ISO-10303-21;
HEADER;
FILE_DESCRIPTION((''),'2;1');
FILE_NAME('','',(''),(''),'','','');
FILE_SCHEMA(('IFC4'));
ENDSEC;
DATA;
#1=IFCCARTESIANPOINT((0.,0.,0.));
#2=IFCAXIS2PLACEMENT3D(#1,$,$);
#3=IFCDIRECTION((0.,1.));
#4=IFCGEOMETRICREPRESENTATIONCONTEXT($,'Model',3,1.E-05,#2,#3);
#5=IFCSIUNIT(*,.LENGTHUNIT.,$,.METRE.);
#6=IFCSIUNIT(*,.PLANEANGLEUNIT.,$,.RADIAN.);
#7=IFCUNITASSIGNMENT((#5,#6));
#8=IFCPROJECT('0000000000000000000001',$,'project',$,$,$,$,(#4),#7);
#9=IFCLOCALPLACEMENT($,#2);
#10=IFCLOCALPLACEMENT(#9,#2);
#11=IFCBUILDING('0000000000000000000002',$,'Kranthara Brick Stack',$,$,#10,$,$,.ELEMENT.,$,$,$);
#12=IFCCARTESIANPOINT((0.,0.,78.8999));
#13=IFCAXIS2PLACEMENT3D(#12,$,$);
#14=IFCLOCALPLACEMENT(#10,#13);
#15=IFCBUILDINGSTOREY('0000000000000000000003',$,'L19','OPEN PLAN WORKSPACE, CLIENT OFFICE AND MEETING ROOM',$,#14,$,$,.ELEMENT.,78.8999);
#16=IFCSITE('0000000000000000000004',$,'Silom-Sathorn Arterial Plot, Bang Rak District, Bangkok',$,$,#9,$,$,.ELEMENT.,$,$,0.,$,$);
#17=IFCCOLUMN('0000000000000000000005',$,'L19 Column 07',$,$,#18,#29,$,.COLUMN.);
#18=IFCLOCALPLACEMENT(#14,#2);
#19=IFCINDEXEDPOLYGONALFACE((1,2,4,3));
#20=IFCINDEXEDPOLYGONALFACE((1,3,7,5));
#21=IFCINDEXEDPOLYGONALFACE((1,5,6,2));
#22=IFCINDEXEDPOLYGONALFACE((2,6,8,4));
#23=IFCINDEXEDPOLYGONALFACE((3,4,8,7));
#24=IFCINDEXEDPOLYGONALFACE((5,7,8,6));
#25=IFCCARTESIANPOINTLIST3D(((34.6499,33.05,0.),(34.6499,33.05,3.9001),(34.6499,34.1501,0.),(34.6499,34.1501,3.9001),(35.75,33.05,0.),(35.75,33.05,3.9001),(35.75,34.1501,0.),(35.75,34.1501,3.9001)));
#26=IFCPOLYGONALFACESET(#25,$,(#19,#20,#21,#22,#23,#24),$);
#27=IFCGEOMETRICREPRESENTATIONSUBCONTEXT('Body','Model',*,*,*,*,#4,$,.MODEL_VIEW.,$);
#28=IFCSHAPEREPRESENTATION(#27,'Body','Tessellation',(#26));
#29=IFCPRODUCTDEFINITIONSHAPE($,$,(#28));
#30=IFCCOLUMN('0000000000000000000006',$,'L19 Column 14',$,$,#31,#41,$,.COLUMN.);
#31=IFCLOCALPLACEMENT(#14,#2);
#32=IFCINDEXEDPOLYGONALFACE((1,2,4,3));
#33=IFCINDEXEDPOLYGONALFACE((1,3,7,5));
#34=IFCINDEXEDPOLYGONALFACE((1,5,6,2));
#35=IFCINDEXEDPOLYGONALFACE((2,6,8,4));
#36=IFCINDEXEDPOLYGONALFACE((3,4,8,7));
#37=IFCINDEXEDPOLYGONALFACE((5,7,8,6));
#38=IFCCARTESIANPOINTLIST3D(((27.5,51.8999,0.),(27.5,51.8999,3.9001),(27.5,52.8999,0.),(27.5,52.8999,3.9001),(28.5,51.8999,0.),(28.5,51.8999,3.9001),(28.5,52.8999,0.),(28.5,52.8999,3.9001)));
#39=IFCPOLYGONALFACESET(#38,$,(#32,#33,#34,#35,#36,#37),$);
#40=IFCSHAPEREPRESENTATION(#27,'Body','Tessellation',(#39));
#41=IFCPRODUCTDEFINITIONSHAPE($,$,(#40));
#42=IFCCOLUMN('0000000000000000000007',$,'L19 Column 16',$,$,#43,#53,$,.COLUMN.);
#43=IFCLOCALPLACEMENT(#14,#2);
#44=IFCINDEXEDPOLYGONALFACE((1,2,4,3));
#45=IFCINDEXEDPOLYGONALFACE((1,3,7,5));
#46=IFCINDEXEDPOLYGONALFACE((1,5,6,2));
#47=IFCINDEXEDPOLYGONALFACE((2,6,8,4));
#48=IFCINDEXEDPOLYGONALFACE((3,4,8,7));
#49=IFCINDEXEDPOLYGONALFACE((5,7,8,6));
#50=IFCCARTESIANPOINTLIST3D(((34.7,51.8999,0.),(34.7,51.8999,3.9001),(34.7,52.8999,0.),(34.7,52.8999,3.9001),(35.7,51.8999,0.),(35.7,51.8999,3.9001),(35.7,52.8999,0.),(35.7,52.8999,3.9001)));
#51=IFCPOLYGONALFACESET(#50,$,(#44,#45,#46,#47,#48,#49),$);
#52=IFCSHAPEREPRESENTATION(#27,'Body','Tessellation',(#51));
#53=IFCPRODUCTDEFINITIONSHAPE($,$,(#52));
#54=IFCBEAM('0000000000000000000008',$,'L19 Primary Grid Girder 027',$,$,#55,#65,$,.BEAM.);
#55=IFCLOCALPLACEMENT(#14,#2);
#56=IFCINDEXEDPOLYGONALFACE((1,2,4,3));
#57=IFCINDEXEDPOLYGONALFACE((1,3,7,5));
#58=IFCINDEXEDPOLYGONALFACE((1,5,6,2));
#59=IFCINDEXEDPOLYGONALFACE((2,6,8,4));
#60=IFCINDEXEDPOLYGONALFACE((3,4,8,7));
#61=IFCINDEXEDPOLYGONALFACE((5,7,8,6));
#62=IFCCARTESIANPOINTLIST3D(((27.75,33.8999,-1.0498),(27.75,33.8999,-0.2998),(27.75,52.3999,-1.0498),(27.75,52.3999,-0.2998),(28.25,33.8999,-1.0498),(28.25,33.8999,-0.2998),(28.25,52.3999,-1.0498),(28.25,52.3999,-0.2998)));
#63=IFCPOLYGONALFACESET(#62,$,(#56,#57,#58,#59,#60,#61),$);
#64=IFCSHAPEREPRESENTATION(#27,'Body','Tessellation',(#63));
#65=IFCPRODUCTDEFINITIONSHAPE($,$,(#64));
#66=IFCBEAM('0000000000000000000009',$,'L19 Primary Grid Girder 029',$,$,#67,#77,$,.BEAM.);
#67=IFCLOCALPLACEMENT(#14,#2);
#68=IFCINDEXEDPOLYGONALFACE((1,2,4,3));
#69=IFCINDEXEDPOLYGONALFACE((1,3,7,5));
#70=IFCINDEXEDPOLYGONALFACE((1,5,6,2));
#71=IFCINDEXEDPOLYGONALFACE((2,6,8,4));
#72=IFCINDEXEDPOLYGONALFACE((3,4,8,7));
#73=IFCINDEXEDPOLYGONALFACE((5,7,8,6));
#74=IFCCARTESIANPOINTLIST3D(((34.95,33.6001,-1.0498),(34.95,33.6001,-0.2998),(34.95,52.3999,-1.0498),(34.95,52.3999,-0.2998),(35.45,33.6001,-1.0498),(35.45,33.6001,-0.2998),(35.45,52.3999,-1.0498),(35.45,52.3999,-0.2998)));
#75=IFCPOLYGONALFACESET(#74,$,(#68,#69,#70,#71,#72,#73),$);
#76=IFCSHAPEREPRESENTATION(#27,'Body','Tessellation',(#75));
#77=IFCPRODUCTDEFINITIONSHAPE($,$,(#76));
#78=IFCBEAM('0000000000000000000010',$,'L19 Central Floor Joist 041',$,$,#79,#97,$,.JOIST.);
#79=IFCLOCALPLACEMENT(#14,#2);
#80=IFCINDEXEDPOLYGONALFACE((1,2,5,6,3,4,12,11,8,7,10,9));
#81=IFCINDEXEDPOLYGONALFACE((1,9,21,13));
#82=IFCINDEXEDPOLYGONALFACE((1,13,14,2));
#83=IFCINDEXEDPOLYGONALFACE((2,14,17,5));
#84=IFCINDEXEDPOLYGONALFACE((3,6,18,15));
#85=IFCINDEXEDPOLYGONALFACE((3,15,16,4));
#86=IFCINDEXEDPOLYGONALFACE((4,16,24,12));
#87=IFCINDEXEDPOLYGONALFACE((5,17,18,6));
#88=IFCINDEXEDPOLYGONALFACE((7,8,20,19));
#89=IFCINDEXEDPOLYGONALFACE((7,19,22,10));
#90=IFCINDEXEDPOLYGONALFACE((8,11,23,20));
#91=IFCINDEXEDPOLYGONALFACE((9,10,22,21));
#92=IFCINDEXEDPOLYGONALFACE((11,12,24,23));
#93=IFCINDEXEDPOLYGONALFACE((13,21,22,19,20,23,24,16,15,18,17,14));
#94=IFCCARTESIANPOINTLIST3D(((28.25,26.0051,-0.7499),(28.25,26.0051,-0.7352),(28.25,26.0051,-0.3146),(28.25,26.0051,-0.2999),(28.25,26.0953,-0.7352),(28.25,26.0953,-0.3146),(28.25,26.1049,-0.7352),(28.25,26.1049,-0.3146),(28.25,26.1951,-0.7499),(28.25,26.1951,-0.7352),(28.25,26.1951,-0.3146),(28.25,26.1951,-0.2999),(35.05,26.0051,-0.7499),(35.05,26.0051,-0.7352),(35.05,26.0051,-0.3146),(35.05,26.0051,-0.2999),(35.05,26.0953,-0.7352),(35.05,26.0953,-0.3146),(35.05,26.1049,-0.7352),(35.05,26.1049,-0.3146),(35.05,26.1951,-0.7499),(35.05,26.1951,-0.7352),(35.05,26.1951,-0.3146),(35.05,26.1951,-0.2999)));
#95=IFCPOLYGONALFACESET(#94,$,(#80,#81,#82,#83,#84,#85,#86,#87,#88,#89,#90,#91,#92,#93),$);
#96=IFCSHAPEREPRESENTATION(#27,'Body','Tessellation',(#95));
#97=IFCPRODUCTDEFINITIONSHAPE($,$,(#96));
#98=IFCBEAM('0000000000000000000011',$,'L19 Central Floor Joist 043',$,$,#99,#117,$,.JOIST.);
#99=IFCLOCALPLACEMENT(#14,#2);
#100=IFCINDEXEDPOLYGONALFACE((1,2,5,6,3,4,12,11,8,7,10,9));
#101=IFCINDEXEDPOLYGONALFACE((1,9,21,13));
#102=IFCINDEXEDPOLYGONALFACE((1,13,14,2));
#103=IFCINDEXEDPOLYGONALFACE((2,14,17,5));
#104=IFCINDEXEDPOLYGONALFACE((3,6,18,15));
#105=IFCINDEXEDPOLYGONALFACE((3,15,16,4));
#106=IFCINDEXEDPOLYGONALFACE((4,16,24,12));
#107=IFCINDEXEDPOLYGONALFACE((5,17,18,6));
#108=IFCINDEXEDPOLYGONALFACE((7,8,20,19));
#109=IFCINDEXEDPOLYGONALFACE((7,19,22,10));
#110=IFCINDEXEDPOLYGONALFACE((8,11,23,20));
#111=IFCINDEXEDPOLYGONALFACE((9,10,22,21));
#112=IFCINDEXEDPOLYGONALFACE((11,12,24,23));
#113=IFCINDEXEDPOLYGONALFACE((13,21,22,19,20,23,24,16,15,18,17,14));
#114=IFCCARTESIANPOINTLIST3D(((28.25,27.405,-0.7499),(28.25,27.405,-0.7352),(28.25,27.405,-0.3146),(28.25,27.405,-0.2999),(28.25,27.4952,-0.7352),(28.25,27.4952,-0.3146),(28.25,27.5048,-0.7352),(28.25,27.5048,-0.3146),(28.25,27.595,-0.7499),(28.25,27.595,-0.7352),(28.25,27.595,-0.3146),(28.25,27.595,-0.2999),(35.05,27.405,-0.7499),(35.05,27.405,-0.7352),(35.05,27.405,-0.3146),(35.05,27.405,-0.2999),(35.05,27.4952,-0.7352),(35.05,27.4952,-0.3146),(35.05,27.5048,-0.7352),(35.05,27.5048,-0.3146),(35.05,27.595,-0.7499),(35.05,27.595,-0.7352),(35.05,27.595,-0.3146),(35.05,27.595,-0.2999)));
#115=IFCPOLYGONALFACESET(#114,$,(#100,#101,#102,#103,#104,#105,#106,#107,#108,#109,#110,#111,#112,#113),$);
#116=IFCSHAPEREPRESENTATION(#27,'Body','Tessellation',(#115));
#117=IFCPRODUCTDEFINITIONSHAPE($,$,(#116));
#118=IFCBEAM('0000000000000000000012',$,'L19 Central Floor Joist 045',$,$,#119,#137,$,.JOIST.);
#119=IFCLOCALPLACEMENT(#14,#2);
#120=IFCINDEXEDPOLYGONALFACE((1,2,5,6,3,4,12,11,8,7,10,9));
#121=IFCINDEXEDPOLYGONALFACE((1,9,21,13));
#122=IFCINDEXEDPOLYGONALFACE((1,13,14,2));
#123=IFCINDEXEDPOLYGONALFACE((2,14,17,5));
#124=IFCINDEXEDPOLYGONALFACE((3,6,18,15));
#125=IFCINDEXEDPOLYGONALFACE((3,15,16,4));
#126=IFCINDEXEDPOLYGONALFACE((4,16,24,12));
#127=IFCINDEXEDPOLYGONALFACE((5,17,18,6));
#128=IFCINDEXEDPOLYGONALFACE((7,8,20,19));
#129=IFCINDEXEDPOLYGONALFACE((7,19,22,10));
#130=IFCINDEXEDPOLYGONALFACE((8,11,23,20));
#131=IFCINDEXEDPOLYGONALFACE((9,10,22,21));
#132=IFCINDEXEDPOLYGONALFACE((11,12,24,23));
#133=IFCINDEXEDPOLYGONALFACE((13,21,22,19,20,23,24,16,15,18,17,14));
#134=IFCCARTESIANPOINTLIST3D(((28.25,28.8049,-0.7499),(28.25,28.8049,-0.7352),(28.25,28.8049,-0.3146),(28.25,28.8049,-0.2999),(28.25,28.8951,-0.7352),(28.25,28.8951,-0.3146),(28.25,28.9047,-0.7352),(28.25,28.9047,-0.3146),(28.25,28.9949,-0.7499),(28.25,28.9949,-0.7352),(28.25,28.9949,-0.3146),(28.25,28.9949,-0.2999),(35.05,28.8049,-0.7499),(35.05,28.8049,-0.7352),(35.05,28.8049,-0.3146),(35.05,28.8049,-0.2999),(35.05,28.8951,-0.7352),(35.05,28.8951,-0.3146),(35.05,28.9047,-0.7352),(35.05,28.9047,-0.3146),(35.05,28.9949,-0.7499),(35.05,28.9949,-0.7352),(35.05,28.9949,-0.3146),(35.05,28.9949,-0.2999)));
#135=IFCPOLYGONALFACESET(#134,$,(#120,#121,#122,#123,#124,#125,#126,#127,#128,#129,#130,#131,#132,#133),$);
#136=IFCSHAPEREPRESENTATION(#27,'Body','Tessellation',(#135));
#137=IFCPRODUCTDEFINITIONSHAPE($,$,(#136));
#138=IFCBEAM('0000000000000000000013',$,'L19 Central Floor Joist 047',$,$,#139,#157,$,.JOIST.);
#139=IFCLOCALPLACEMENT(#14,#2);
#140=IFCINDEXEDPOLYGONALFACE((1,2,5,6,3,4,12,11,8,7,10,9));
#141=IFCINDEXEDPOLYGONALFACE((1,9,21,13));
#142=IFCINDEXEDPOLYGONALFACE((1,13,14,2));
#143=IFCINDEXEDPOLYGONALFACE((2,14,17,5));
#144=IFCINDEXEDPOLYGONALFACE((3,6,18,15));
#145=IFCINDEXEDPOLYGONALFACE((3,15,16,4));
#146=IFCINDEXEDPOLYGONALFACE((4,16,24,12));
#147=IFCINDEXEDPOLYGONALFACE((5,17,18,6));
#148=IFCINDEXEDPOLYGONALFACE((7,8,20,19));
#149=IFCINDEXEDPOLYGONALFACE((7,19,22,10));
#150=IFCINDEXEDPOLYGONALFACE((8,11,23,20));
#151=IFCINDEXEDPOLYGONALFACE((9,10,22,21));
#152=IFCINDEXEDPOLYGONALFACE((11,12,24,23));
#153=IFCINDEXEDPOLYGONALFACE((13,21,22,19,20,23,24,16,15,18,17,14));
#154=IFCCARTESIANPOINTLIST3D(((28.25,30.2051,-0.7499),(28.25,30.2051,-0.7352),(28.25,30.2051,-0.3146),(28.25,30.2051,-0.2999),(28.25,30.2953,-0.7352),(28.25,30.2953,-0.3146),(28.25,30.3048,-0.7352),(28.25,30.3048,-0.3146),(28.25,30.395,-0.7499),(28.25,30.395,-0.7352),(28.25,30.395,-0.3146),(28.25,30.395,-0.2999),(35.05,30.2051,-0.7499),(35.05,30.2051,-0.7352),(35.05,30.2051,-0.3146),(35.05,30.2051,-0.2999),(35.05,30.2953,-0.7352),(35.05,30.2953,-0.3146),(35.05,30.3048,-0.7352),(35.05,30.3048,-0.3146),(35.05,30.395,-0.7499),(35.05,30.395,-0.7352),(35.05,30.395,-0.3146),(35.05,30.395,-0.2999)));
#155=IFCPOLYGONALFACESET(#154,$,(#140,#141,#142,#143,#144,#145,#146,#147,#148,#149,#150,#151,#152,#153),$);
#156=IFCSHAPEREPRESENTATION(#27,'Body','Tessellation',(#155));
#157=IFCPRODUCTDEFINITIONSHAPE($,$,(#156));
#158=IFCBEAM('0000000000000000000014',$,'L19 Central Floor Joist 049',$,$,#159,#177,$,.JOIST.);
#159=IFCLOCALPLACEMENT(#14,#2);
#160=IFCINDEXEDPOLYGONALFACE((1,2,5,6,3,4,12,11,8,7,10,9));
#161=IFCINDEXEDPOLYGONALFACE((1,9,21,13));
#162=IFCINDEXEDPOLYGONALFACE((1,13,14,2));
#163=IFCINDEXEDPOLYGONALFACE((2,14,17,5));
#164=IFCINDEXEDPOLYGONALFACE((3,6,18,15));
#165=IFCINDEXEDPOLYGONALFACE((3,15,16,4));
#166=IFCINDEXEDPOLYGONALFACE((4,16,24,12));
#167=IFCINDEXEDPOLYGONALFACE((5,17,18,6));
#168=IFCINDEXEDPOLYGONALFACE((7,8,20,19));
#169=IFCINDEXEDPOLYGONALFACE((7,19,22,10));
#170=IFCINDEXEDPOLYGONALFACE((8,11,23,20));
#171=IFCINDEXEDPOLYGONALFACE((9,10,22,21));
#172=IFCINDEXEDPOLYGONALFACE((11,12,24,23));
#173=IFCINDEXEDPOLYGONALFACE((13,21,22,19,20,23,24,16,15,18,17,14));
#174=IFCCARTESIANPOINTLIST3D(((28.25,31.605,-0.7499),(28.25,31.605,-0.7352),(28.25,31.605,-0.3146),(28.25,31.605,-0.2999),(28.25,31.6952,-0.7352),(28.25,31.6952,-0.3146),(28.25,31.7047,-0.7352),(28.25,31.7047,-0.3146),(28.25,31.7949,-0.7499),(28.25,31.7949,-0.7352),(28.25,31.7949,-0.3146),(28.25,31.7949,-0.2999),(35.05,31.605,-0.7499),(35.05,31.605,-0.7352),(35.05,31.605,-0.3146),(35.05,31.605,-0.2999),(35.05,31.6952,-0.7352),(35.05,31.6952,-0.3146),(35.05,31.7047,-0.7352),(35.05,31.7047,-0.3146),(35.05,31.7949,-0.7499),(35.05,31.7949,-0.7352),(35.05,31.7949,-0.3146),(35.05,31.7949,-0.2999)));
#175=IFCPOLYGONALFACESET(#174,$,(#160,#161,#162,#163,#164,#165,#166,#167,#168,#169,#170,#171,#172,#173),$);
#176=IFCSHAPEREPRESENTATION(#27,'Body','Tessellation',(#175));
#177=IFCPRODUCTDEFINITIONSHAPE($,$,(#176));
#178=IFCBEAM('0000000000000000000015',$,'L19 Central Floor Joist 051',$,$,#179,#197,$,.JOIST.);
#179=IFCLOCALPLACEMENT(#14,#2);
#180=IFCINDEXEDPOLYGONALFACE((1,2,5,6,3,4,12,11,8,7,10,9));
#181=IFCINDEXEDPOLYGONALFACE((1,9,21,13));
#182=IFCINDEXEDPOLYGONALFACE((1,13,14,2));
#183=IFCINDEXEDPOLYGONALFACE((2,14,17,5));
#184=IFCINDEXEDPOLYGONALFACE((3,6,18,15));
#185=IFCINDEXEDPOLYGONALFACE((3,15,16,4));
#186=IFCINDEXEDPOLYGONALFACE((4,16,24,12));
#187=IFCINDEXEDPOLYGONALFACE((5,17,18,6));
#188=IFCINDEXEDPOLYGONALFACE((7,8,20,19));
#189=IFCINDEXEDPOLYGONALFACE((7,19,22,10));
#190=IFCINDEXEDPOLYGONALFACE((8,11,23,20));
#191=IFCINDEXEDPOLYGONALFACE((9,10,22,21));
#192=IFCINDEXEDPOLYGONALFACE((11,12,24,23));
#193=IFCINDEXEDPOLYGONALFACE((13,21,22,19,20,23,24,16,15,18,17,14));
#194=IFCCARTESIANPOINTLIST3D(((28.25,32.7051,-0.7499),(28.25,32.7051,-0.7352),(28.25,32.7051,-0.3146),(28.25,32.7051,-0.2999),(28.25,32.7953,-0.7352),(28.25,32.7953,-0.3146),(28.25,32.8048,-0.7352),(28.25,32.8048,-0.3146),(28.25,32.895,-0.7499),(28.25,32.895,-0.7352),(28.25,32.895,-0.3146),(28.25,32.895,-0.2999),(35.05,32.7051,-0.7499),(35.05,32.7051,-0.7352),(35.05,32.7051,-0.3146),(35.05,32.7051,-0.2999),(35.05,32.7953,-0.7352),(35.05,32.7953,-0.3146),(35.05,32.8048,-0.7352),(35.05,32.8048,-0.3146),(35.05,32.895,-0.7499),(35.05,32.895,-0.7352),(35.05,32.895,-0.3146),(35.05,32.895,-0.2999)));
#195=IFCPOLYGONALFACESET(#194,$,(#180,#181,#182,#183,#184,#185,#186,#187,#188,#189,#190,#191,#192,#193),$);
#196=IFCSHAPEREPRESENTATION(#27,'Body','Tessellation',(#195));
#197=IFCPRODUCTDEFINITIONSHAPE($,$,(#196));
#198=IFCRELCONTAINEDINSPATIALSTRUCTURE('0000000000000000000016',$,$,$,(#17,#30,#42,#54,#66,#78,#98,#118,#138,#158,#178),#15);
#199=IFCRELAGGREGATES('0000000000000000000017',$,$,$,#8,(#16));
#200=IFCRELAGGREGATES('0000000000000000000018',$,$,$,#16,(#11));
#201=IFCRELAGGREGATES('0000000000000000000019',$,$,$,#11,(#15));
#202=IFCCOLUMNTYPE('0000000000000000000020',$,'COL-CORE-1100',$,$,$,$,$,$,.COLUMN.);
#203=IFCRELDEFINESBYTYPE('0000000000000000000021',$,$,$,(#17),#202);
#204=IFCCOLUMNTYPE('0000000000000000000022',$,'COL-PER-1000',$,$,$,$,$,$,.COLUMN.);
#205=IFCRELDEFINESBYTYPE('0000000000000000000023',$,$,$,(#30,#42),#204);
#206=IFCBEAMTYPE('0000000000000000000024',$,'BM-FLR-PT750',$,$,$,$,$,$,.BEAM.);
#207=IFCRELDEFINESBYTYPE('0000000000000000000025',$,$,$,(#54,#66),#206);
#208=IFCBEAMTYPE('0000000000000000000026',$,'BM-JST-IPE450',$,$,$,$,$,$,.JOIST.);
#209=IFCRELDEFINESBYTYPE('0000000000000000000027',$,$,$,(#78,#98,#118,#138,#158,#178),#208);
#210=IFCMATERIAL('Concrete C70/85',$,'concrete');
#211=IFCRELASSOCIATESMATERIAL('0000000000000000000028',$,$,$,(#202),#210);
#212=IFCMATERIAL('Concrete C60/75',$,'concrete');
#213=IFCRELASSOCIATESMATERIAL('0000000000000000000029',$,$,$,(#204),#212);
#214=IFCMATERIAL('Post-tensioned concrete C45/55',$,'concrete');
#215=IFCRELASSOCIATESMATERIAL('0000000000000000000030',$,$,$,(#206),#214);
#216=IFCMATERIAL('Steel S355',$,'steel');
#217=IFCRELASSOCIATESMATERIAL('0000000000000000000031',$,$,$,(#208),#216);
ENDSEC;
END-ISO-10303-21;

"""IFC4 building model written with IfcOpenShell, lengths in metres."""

from ifc_helpers import new_model, si_unit, direction, frame, origin, origin_2d, place, context, subcontext, project, spatial, rectangle, i_section, extrude, material, material_profile, profile_set, type_object, element, save


model = new_model("IFC4")

# Units and contexts
model_context = context("Model", 3, precision=1e-05, world=origin(), true_north=direction((0.0, 1.0)))
body_context = subcontext(model_context, "Body", "Model", "MODEL_VIEW")
ifc_project = project(units=[si_unit("LENGTHUNIT", "METRE"), si_unit("PLANEANGLEUNIT", "RADIAN")], contexts=[model_context])

# Site, building, storey
site_placement = place(None, origin())
site = spatial("IfcSite", under=ifc_project, at=site_placement, Name="Silom-Sathorn Arterial Plot, Bang Rak District, Bangkok", CompositionType="ELEMENT", RefElevation=0.0)
building_placement = place(site_placement, origin())
building = spatial("IfcBuilding", under=site, at=building_placement, Name="Kranthara Brick Stack", CompositionType="ELEMENT")
storey_placement = place(building_placement, frame((0.0, 0.0, 78.8999)))
storey = spatial("IfcBuildingStorey", under=building, at=storey_placement, Name="L19", Description="OPEN PLAN WORKSPACE, CLIENT OFFICE AND MEETING ROOM", CompositionType="ELEMENT", Elevation=78.8999)

# Columns
ifc_material_1 = material(Name="Concrete C70/85", Category="concrete")
ifc_material_profile_1 = material_profile(ifc_material_1, rectangle(XDim=1.1001, YDim=1.1001, at=origin_2d()), Name="RC 1100x1100")
ifc_profile_set_1 = profile_set([ifc_material_profile_1], Name="Concrete C70/85")
column_type_1 = type_object("IfcColumnType", Name="COL-CORE-1100", PredefinedType="COLUMN", material=ifc_profile_set_1)
column_placement = place(storey_placement, frame((35.2, 33.6001, 0.0), z_axis=(0.0, 0.0, 1.0), x_axis=(1.0, 0.0, 0.0)))
element("IfcColumn", 1, at=column_placement, inside=storey, type_object=column_type_1, Name="L19 Column 07", PredefinedType="COLUMN", context=body_context, shape_type="SweptSolid", body=[
    extrude(rectangle(XDim=1.1001, YDim=1.1001, at=origin_2d()), origin(), (0.0, 0.0, 1.0), 3.9001),
])
ifc_material_2 = material(Name="Concrete C60/75", Category="concrete")
ifc_material_profile_2 = material_profile(ifc_material_2, rectangle(XDim=1.0, YDim=1.0, at=origin_2d()), Name="RC 1000x1000")
ifc_profile_set_2 = profile_set([ifc_material_profile_2], Name="Concrete C60/75")
column_type_2 = type_object("IfcColumnType", Name="COL-PER-1000", PredefinedType="COLUMN", material=ifc_profile_set_2)
for number, where, z_axis, x_axis, name in (
    (2, (28.0, 52.3999, 0.0), (0.0, 0.0, 1.0), (1.0, 0.0, 0.0), "L19 Column 14"),
    (3, (35.2, 52.3999, 0.0), (0.0, 0.0, 1.0), (1.0, 0.0, 0.0), "L19 Column 16"),
):
    element("IfcColumn", number, at=place(storey_placement, frame(where, z_axis=z_axis, x_axis=x_axis)), inside=storey, type_object=column_type_2, Name=name, PredefinedType="COLUMN", context=body_context, shape_type="SweptSolid", body=[
        extrude(rectangle(XDim=1.0, YDim=1.0, at=origin_2d()), origin(), (0.0, 0.0, 1.0), 3.9001),
    ])

# Beams
ifc_material_3 = material(Name="Post-tensioned concrete C45/55", Category="concrete")
ifc_material_profile_3 = material_profile(ifc_material_3, rectangle(XDim=0.5, YDim=0.75, at=origin_2d()), Name="PT 500x750")
ifc_profile_set_3 = profile_set([ifc_material_profile_3], Name="Post-tensioned concrete C45/55")
beam_type_1 = type_object("IfcBeamType", Name="BM-FLR-PT750", PredefinedType="BEAM", material=ifc_profile_set_3)
beam_1_placement = place(storey_placement, frame((28.0, 33.8999, -0.6748), z_axis=(0.0, 1.0, 0.0), x_axis=(-1.0, 0.0, 0.0)))
element("IfcBeam", 4, at=beam_1_placement, inside=storey, type_object=beam_type_1, Name="L19 Primary Grid Girder 027", PredefinedType="BEAM", context=body_context, shape_type="SweptSolid", body=[
    extrude(rectangle(XDim=0.5, YDim=0.75, at=origin_2d()), origin(), (0.0, 0.0, 1.0), 18.5),
])
beam_2_placement = place(storey_placement, frame((35.2, 33.6001, -0.6748), z_axis=(0.0, 1.0, 0.0), x_axis=(-1.0, 0.0, 0.0)))
element("IfcBeam", 5, at=beam_2_placement, inside=storey, type_object=beam_type_1, Name="L19 Primary Grid Girder 029", PredefinedType="BEAM", context=body_context, shape_type="SweptSolid", body=[
    extrude(rectangle(XDim=0.5, YDim=0.75, at=origin_2d()), origin(), (0.0, 0.0, 1.0), 18.7998),
])
ifc_material_4 = material(Name="Steel S355", Category="steel")
ifc_material_profile_4 = material_profile(ifc_material_4, i_section(OverallWidth=0.1899, OverallDepth=0.45, WebThickness=0.0095, FlangeThickness=0.0146, at=origin_2d()), Name="IPE 450")
ifc_profile_set_4 = profile_set([ifc_material_profile_4], Name="Steel S355")
beam_type_2 = type_object("IfcBeamType", Name="BM-JST-IPE450", PredefinedType="JOIST", material=ifc_profile_set_4)
for number, where, z_axis, x_axis, name in (
    (6, (28.25, 26.1001, -0.5249), (1.0, 0.0, 0.0), (0.0, 1.0, 0.0), "L19 Central Floor Joist 041"),
    (7, (28.25, 27.5, -0.5249), (1.0, 0.0, 0.0), (0.0, 1.0, 0.0), "L19 Central Floor Joist 043"),
    (8, (28.25, 28.8999, -0.5249), (1.0, 0.0, 0.0), (0.0, 1.0, 0.0), "L19 Central Floor Joist 045"),
    (9, (28.25, 30.3, -0.5249), (1.0, 0.0, 0.0), (0.0, 1.0, 0.0), "L19 Central Floor Joist 047"),
    (10, (28.25, 31.7, -0.5249), (1.0, 0.0, 0.0), (0.0, 1.0, 0.0), "L19 Central Floor Joist 049"),
    (11, (28.25, 32.8, -0.5249), (1.0, 0.0, 0.0), (0.0, 1.0, 0.0), "L19 Central Floor Joist 051"),
):
    element("IfcBeam", number, at=place(storey_placement, frame(where, z_axis=z_axis, x_axis=x_axis)), inside=storey, type_object=beam_type_2, Name=name, PredefinedType="JOIST", context=body_context, shape_type="SweptSolid", body=[
        extrude(i_section(OverallWidth=0.1899, OverallDepth=0.45, WebThickness=0.0095, FlangeThickness=0.0146, at=origin_2d()), origin(), (0.0, 0.0, 1.0), 6.8),
    ])

save(model, "model.ifc")
